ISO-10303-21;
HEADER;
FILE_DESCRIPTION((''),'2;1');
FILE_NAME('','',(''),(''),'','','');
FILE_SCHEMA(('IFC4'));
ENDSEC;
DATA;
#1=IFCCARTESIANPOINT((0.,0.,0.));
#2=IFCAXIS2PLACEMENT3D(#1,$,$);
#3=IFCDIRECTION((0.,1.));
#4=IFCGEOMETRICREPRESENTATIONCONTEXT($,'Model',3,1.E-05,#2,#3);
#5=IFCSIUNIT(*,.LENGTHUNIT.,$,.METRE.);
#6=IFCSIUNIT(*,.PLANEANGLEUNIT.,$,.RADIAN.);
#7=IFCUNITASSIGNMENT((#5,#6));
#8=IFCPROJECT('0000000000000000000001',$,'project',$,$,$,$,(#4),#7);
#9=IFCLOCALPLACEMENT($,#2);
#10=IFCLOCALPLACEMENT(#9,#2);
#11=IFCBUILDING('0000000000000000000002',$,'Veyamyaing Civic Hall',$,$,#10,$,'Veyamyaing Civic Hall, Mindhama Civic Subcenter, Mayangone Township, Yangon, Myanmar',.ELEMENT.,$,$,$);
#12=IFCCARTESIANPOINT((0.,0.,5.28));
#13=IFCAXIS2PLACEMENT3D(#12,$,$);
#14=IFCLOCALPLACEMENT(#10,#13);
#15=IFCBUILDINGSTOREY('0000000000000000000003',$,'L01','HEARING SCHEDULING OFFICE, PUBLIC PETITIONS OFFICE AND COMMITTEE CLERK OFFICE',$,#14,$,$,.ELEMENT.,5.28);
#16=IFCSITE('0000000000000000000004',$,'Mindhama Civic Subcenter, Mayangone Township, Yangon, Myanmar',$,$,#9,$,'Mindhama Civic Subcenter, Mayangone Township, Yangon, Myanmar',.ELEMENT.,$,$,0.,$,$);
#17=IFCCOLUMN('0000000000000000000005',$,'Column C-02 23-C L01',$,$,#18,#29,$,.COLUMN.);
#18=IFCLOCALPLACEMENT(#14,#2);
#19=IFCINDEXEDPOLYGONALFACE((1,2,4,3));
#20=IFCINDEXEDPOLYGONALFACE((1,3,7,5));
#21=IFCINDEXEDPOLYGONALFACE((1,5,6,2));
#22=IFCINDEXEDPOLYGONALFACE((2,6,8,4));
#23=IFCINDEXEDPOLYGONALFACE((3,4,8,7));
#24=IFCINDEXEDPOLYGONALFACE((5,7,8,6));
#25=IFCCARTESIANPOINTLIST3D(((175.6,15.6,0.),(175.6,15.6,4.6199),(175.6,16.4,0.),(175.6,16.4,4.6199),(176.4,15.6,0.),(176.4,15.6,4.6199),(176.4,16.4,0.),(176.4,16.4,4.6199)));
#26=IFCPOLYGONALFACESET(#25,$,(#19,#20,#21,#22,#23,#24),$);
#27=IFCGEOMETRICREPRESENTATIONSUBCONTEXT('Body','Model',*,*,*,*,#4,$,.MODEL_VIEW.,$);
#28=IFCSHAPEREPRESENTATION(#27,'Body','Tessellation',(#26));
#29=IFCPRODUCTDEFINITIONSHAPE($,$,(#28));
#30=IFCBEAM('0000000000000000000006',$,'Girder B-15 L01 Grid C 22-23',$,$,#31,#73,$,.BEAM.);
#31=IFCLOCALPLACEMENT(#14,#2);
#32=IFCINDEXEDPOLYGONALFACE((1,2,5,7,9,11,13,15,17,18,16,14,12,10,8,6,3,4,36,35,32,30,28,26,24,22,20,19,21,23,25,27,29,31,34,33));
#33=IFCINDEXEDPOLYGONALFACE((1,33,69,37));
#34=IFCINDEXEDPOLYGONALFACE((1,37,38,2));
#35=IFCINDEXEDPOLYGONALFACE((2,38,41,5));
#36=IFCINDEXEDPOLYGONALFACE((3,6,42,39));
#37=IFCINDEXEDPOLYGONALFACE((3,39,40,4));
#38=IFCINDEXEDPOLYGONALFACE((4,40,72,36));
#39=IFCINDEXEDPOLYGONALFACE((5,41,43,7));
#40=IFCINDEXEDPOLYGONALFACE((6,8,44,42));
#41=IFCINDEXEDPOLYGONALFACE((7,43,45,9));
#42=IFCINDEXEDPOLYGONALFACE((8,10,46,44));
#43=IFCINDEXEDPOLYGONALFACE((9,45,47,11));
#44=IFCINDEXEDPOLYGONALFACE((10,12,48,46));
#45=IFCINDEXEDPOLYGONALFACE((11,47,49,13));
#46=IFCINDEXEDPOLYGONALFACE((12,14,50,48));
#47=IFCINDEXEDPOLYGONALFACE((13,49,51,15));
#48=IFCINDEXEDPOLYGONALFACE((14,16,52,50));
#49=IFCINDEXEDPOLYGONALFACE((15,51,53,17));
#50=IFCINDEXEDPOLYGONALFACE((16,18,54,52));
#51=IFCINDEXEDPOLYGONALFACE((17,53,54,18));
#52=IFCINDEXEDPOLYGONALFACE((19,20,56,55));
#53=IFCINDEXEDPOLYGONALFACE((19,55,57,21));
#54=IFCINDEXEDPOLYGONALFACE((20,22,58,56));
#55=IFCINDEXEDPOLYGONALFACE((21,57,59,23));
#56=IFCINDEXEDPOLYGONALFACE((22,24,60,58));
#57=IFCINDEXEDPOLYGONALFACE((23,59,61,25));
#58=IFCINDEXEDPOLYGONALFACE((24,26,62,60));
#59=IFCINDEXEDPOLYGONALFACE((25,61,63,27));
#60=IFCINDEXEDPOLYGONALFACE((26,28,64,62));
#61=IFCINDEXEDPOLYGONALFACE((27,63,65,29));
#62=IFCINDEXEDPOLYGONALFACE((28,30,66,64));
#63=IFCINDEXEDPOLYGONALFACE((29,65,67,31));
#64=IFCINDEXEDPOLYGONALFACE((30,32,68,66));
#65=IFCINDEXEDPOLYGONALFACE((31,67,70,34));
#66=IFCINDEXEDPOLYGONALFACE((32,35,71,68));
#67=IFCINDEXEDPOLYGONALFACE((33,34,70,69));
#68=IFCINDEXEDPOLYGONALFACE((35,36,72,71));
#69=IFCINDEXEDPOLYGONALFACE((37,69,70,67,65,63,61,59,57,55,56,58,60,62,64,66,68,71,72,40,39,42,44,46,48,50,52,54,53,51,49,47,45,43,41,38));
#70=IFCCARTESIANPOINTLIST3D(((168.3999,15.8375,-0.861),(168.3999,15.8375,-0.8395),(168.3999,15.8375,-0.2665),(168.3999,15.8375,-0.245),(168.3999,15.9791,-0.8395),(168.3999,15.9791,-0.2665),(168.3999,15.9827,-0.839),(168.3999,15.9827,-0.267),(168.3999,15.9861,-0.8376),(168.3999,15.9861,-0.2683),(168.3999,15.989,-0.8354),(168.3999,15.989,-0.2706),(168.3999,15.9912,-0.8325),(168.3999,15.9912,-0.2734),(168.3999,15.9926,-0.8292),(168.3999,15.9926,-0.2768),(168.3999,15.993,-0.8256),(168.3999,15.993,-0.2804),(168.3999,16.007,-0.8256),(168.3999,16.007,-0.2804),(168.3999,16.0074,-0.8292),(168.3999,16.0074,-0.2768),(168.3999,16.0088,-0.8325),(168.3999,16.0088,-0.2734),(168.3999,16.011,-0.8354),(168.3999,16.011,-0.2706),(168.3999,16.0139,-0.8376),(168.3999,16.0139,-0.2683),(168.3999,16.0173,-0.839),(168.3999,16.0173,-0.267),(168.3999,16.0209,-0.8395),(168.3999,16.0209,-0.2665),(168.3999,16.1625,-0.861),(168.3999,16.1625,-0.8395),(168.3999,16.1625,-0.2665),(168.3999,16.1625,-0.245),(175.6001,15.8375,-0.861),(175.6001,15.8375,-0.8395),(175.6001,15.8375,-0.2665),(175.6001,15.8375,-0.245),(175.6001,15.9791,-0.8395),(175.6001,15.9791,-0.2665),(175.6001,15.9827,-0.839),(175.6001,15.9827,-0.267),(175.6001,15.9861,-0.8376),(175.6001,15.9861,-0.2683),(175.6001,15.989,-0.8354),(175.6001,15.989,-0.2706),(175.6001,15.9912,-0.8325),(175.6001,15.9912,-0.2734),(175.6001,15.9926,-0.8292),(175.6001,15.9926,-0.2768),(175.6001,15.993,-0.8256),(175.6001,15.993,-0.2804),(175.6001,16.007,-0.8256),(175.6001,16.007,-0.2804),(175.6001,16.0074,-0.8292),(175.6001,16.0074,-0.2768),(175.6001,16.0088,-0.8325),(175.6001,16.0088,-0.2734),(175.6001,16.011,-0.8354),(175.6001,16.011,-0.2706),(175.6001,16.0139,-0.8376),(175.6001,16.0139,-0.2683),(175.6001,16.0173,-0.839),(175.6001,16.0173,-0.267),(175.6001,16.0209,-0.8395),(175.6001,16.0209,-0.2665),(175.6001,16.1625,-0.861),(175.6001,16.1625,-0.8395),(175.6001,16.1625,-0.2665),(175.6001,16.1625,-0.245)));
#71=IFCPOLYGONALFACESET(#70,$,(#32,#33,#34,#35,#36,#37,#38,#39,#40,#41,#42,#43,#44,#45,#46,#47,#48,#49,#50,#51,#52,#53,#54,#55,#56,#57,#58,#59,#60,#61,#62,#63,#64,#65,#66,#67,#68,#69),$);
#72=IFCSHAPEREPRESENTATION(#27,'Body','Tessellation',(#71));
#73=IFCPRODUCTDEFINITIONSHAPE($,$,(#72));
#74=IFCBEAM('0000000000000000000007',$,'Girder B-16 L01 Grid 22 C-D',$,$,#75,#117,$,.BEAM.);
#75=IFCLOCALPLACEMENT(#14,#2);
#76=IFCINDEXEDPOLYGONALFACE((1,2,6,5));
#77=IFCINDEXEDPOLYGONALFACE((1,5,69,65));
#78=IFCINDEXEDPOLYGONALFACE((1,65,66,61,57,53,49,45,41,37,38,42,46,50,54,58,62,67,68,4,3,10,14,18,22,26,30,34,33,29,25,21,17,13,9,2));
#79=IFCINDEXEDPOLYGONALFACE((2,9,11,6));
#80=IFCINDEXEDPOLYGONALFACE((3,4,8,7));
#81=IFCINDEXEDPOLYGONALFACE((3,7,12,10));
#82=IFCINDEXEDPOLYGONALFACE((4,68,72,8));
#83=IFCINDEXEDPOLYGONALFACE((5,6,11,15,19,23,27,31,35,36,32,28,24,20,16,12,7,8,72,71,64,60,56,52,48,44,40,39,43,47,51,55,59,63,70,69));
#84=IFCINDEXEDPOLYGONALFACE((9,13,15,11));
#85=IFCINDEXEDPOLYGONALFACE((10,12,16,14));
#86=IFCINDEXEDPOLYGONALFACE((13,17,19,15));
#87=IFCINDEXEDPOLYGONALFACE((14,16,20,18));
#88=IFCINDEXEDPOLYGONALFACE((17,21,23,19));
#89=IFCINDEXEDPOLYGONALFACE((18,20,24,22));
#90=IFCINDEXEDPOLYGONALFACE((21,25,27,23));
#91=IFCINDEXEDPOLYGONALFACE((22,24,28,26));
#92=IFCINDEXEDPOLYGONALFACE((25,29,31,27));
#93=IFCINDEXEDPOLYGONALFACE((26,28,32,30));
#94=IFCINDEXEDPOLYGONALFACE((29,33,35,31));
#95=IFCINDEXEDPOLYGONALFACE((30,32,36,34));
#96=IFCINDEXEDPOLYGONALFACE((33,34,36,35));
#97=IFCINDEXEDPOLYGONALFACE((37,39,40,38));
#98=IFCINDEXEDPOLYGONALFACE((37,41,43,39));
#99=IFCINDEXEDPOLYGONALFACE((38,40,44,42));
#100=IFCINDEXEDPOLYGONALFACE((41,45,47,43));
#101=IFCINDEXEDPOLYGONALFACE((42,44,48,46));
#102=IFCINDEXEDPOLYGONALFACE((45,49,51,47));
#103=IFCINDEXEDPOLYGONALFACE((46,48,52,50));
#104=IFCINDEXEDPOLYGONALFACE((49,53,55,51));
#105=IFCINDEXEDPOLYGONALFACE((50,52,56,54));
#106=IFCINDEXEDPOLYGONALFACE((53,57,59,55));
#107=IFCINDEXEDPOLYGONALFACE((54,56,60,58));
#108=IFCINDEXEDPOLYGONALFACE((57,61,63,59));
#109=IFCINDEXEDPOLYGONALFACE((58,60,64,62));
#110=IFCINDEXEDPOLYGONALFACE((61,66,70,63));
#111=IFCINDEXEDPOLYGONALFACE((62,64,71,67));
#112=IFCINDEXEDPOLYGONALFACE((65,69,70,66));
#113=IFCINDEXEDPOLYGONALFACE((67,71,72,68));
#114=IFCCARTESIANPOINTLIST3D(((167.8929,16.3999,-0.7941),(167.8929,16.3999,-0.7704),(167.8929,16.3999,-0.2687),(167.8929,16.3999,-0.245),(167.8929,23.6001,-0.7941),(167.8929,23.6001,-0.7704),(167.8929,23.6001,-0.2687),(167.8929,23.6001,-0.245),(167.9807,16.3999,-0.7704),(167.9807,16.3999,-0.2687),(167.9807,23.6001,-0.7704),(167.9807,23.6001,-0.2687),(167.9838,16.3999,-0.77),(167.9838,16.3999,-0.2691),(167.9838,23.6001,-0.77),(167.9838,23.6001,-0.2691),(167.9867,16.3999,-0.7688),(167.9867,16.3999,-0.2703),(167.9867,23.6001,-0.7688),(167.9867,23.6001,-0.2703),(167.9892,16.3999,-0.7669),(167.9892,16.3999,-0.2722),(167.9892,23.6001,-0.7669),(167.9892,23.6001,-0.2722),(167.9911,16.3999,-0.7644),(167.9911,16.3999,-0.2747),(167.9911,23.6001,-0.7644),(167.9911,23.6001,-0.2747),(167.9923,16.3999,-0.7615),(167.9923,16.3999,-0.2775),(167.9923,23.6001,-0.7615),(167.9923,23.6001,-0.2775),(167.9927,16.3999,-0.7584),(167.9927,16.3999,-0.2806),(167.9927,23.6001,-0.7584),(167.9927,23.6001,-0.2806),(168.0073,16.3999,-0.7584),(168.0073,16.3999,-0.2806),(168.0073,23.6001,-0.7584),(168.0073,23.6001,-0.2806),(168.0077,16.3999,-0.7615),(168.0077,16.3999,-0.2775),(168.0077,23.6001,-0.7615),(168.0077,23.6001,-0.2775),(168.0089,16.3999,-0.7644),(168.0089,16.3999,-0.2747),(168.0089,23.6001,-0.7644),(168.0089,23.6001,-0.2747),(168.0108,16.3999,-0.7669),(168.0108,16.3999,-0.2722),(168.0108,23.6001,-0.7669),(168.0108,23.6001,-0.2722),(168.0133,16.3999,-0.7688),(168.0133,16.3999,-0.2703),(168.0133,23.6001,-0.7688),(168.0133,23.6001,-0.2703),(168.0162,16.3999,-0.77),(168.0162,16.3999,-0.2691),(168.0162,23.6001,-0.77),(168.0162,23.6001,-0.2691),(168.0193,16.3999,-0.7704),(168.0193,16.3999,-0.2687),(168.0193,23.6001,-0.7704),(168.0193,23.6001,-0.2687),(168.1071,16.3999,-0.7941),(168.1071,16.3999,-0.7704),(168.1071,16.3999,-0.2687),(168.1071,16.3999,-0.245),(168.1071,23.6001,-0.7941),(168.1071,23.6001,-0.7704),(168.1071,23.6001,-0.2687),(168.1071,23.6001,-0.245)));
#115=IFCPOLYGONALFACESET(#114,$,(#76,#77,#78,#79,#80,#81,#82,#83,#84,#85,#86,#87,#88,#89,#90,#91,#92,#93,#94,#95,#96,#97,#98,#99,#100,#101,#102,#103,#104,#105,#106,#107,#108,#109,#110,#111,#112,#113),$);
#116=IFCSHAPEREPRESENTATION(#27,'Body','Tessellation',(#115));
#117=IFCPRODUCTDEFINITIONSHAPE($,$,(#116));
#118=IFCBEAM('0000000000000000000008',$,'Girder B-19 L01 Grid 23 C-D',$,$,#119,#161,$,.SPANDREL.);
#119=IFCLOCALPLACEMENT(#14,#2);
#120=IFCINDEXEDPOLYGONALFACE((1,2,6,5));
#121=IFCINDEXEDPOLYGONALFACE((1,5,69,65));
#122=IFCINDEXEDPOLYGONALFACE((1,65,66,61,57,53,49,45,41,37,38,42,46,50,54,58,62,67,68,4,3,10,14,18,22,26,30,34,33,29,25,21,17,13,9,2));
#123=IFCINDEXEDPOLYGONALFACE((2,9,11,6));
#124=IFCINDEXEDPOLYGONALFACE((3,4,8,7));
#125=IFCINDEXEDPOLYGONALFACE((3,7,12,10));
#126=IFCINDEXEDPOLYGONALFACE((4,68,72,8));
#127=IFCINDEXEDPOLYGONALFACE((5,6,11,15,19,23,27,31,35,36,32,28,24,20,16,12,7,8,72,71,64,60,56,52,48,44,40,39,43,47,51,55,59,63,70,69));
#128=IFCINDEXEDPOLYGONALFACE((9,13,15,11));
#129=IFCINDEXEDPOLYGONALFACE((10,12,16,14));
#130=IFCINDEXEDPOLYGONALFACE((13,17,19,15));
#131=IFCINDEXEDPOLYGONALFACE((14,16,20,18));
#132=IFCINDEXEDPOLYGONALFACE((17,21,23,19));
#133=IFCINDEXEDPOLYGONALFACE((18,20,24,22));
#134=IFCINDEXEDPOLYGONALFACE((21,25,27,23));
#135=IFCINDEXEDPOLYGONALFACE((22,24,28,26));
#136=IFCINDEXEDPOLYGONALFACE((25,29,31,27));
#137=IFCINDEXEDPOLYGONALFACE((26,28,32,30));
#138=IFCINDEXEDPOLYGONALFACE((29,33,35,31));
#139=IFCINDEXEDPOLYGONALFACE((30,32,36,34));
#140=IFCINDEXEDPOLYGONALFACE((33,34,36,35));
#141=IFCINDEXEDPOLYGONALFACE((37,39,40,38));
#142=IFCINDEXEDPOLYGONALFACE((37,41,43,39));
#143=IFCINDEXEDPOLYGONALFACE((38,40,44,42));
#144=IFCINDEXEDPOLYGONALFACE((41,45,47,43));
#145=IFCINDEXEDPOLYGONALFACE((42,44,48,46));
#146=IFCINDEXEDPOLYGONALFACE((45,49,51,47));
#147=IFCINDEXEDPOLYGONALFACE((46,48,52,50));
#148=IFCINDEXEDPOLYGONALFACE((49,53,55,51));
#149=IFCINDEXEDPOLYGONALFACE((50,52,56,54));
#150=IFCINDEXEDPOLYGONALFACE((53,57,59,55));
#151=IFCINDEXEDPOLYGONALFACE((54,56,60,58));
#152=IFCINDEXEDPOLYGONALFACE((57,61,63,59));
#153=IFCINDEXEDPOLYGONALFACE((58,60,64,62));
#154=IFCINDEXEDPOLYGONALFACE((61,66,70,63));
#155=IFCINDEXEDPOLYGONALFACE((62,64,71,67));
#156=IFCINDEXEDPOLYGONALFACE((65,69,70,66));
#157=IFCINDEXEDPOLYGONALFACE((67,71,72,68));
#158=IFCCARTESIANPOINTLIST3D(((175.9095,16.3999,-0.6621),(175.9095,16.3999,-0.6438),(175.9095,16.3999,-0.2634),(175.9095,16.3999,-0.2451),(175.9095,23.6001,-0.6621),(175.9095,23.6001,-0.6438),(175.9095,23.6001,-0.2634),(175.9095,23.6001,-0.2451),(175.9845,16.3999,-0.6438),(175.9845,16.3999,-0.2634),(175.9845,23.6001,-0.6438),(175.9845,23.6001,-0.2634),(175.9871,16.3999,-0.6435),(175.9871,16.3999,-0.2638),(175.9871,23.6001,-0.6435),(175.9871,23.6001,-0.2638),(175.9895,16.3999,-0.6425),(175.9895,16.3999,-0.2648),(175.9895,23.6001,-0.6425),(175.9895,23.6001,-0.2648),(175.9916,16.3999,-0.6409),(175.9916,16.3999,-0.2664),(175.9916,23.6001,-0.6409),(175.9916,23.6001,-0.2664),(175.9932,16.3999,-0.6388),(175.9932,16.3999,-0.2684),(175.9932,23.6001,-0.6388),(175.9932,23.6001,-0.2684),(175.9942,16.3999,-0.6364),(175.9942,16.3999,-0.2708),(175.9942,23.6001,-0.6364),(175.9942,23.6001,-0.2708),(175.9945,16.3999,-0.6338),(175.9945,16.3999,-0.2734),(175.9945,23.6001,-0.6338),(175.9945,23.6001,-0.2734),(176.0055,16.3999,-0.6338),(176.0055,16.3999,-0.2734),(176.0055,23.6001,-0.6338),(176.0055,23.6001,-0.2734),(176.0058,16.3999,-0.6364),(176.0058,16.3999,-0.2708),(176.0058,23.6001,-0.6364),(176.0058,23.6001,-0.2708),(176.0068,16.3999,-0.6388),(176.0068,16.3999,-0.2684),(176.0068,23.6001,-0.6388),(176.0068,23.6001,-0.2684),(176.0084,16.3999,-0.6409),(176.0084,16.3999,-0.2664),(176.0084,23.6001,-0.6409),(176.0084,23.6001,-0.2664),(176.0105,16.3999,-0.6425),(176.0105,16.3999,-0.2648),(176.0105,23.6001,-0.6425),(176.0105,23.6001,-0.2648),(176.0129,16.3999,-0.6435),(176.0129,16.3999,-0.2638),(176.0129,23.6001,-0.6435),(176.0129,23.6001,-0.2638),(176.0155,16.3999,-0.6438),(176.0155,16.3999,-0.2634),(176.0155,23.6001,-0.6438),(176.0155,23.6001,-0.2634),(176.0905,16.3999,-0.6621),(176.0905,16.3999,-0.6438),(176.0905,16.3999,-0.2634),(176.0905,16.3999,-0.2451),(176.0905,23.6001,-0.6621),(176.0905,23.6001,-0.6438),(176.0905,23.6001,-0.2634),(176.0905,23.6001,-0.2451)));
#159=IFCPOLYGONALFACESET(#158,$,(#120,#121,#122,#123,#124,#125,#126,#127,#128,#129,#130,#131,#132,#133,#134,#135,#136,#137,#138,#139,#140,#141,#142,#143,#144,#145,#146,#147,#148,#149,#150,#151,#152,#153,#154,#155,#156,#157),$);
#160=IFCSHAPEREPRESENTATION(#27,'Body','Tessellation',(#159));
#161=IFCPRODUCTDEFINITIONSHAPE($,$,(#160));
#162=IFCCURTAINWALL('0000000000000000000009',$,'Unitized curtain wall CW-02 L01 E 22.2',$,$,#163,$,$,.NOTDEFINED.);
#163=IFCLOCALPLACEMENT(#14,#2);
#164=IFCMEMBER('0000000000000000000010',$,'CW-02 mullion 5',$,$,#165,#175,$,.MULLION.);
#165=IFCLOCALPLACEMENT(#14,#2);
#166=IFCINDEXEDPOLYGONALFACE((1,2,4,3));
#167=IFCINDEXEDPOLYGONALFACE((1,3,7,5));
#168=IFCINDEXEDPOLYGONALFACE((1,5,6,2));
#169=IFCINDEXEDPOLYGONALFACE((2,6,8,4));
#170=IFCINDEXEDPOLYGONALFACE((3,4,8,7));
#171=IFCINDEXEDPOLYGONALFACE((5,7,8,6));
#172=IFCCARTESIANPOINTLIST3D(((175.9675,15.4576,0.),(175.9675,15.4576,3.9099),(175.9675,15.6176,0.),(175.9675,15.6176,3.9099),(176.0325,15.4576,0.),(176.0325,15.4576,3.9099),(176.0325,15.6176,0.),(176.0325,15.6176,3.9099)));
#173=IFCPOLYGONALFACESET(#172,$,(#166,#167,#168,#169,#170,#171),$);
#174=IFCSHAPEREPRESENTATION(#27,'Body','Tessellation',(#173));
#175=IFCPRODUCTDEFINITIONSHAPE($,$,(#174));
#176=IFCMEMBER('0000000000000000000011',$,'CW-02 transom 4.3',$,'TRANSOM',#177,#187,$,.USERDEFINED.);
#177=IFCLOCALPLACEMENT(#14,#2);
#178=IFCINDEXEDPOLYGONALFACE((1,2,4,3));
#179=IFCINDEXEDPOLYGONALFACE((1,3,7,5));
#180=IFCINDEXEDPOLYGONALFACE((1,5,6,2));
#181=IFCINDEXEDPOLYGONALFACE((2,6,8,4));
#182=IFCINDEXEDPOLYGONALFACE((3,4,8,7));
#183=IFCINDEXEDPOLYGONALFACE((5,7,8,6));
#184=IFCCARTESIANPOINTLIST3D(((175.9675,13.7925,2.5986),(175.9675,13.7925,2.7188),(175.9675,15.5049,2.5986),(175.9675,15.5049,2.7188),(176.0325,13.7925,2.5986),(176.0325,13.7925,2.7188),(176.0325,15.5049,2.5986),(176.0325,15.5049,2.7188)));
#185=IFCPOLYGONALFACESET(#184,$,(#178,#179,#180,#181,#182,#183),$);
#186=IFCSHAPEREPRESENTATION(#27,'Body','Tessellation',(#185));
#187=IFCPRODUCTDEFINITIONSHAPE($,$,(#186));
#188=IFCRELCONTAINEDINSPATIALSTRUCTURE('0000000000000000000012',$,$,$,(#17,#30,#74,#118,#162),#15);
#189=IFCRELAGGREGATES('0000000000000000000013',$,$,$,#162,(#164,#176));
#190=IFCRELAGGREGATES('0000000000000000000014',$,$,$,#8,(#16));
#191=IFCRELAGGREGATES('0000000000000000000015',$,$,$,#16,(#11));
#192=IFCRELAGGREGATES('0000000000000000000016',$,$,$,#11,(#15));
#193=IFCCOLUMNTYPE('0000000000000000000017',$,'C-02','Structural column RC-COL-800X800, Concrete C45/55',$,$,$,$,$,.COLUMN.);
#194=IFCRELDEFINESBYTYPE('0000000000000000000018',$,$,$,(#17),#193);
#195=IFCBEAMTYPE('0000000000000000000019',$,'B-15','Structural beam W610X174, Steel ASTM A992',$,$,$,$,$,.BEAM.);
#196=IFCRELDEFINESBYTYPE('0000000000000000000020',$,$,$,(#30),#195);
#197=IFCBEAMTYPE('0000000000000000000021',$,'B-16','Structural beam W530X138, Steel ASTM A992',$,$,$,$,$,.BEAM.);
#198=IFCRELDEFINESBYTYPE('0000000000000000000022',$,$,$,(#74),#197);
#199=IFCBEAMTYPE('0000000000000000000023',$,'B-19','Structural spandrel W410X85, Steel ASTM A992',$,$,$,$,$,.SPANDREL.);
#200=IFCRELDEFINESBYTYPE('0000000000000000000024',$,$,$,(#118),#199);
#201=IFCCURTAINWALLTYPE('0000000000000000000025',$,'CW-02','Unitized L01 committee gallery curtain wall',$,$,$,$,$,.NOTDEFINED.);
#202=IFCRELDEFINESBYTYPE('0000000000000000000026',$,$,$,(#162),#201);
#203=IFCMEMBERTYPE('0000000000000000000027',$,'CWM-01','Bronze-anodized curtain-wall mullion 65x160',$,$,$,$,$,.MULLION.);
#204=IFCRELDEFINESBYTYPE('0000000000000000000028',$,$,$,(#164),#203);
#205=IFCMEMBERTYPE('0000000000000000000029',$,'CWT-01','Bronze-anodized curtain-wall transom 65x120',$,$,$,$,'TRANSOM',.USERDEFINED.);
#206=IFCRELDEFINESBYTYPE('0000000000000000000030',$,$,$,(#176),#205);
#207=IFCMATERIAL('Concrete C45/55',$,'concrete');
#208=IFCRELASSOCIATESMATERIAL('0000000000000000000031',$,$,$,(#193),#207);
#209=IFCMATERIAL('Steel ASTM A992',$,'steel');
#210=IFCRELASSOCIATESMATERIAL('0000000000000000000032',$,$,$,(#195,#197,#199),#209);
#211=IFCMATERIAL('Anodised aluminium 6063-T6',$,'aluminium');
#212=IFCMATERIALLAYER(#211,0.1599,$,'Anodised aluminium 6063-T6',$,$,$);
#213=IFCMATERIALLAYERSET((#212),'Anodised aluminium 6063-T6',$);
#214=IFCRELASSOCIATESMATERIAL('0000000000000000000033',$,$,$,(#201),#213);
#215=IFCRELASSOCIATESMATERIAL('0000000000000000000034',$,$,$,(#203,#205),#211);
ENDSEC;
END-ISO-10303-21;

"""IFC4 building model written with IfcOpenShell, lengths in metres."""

from ifc_helpers import new_model, si_unit, direction, frame, origin, origin_2d, place, context, subcontext, project, spatial, rectangle, i_section, extrude, material, layer, layer_set, material_profile, profile_set, type_object, element, aggregate, save


model = new_model("IFC4")

# Units and contexts
model_context = context("Model", 3, precision=1e-05, world=origin(), true_north=direction((0.0, 1.0)))
body_context = subcontext(model_context, "Body", "Model", "MODEL_VIEW")
ifc_project = project(units=[si_unit("LENGTHUNIT", "METRE"), si_unit("PLANEANGLEUNIT", "RADIAN")], contexts=[model_context])

# Site, building, storey
site_placement = place(None, origin())
site = spatial("IfcSite", under=ifc_project, at=site_placement, Name="Mindhama Civic Subcenter, Mayangone Township, Yangon, Myanmar", LongName="Mindhama Civic Subcenter, Mayangone Township, Yangon, Myanmar", CompositionType="ELEMENT", RefElevation=0.0)
building_placement = place(site_placement, origin())
building = spatial("IfcBuilding", under=site, at=building_placement, Name="Veyamyaing Civic Hall", LongName="Veyamyaing Civic Hall, Mindhama Civic Subcenter, Mayangone Township, Yangon, Myanmar", CompositionType="ELEMENT")
storey_placement = place(building_placement, frame((0.0, 0.0, 5.28)))
storey = spatial("IfcBuildingStorey", under=building, at=storey_placement, Name="L01", Description="HEARING SCHEDULING OFFICE, PUBLIC PETITIONS OFFICE AND COMMITTEE CLERK OFFICE", CompositionType="ELEMENT", Elevation=5.28)

# Column
ifc_material_1 = material(Name="Concrete C45/55", Category="concrete")
ifc_material_profile_1 = material_profile(ifc_material_1, rectangle(XDim=0.8, YDim=0.8, at=origin_2d()), Name="RC-COL-800X800")
ifc_profile_set_1 = profile_set([ifc_material_profile_1], Name="Concrete C45/55")
column_type = type_object("IfcColumnType", Name="C-02", Description="Structural column RC-COL-800X800, Concrete C45/55", PredefinedType="COLUMN", material=ifc_profile_set_1)
column_placement = place(storey_placement, frame((176.0, 16.0, 0.0), z_axis=(0.0, 0.0, 1.0), x_axis=(1.0, 0.0, 0.0)))
element("IfcColumn", 1, at=column_placement, inside=storey, type_object=column_type, Name="Column C-02 23-C L01", PredefinedType="COLUMN", context=body_context, shape_type="SweptSolid", body=[
    extrude(rectangle(XDim=0.8, YDim=0.8, at=origin_2d()), origin(), (0.0, 0.0, 1.0), 4.6199),
])

# Beams
ifc_material_2 = material(Name="Steel ASTM A992", Category="steel")
ifc_material_profile_2 = material_profile(ifc_material_2, i_section(OverallWidth=0.325, OverallDepth=0.616, WebThickness=0.0139, FlangeThickness=0.0215, FilletRadius=0.0139, at=origin_2d()), Name="W610X174")
ifc_profile_set_2 = profile_set([ifc_material_profile_2], Name="Steel ASTM A992")
beam_type_1 = type_object("IfcBeamType", Name="B-15", Description="Structural beam W610X174, Steel ASTM A992", PredefinedType="BEAM", material=ifc_profile_set_2)
beam_1_placement = place(storey_placement, frame((168.3999, 16.0, -0.553), z_axis=(1.0, 0.0, 0.0), x_axis=(0.0, 1.0, 0.0)))
element("IfcBeam", 2, at=beam_1_placement, inside=storey, type_object=beam_type_1, Name="Girder B-15 L01 Grid C 22-23", PredefinedType="BEAM", context=body_context, shape_type="SweptSolid", body=[
    extrude(i_section(OverallWidth=0.325, OverallDepth=0.616, WebThickness=0.0139, FlangeThickness=0.0215, FilletRadius=0.0139, at=origin_2d()), origin(), (0.0, 0.0, 1.0), 7.2002),
])
ifc_material_profile_3 = material_profile(ifc_material_2, i_section(OverallWidth=0.2141, OverallDepth=0.5491, WebThickness=0.0146, FlangeThickness=0.0237, FilletRadius=0.012, at=origin_2d()), Name="W530X138")
ifc_profile_set_3 = profile_set([ifc_material_profile_3], Name="Steel ASTM A992")
beam_type_2 = type_object("IfcBeamType", Name="B-16", Description="Structural beam W530X138, Steel ASTM A992", PredefinedType="BEAM", material=ifc_profile_set_3)
beam_2_placement = place(storey_placement, frame((168.0, 16.3999, -0.5195), z_axis=(0.0, 1.0, 0.0), x_axis=(-1.0, 0.0, 0.0)))
element("IfcBeam", 3, at=beam_2_placement, inside=storey, type_object=beam_type_2, Name="Girder B-16 L01 Grid 22 C-D", PredefinedType="BEAM", context=body_context, shape_type="SweptSolid", body=[
    extrude(i_section(OverallWidth=0.2141, OverallDepth=0.5491, WebThickness=0.0146, FlangeThickness=0.0237, FilletRadius=0.012, at=origin_2d()), origin(), (0.0, 0.0, 1.0), 7.2002),
])
ifc_material_profile_4 = material_profile(ifc_material_2, i_section(OverallWidth=0.1809, OverallDepth=0.417, WebThickness=0.011, FlangeThickness=0.0183, FilletRadius=0.01, at=origin_2d()), Name="W410X85")
ifc_profile_set_4 = profile_set([ifc_material_profile_4], Name="Steel ASTM A992")
beam_type_3 = type_object("IfcBeamType", Name="B-19", Description="Structural spandrel W410X85, Steel ASTM A992", PredefinedType="SPANDREL", material=ifc_profile_set_4)
beam_3_placement = place(storey_placement, frame((176.0, 16.3999, -0.4536), z_axis=(0.0, 1.0, 0.0), x_axis=(-1.0, 0.0, 0.0)))
element("IfcBeam", 4, at=beam_3_placement, inside=storey, type_object=beam_type_3, Name="Girder B-19 L01 Grid 23 C-D", PredefinedType="SPANDREL", context=body_context, shape_type="SweptSolid", body=[
    extrude(i_section(OverallWidth=0.1809, OverallDepth=0.417, WebThickness=0.011, FlangeThickness=0.0183, FilletRadius=0.01, at=origin_2d()), origin(), (0.0, 0.0, 1.0), 7.2002),
])

# Curtain wall, members
ifc_material_3 = material(Name="Anodised aluminium 6063-T6", Category="aluminium")
ifc_layer_1 = layer(ifc_material_3, 0.1599, Name="Anodised aluminium 6063-T6")
ifc_layer_set_1 = layer_set([ifc_layer_1], Name="Anodised aluminium 6063-T6")
curtain_wall_type = type_object("IfcCurtainWallType", Name="CW-02", Description="Unitized L01 committee gallery curtain wall", PredefinedType="NOTDEFINED", material=ifc_layer_set_1)
curtain_wall_placement = place(storey_placement, origin())
curtain_wall = element("IfcCurtainWall", 5, at=curtain_wall_placement, inside=storey, type_object=curtain_wall_type, Name="Unitized curtain wall CW-02 L01 E 22.2", PredefinedType="NOTDEFINED")
ifc_material_profile_5 = material_profile(ifc_material_3, rectangle(XDim=0.0649, YDim=0.1599, at=origin_2d()), Name="ALU-MUL-65X160")
ifc_profile_set_5 = profile_set([ifc_material_profile_5], Name="Anodised aluminium 6063-T6")
member_type_1 = type_object("IfcMemberType", Name="CWM-01", Description="Bronze-anodized curtain-wall mullion 65x160", PredefinedType="MULLION", material=ifc_profile_set_5)
member_1_placement = place(storey_placement, frame((176.0, 15.5376, 0.0), z_axis=(0.0, 0.0, 1.0), x_axis=(-1.0, 0.0, 0.0)))
member_1 = element("IfcMember", 6, at=member_1_placement, type_object=member_type_1, Name="CW-02 mullion 5", PredefinedType="MULLION", context=body_context, shape_type="SweptSolid", body=[
    extrude(rectangle(XDim=0.0649, YDim=0.1599, at=origin_2d()), origin(), (0.0, 0.0, 1.0), 3.9099),
])
ifc_material_profile_6 = material_profile(ifc_material_3, rectangle(XDim=0.0649, YDim=0.1201, at=origin_2d()), Name="ALU-TRN-65X120")
ifc_profile_set_6 = profile_set([ifc_material_profile_6], Name="Anodised aluminium 6063-T6")
member_type_2 = type_object("IfcMemberType", Name="CWT-01", Description="Bronze-anodized curtain-wall transom 65x120", ElementType="TRANSOM", PredefinedType="USERDEFINED", material=ifc_profile_set_6)
member_2_placement = place(storey_placement, frame((176.0, 13.7925, 2.6587), z_axis=(0.0, 1.0, 0.0), x_axis=(-1.0, 0.0, 0.0)))
member_2 = element("IfcMember", 7, at=member_2_placement, type_object=member_type_2, Name="CW-02 transom 4.3", ObjectType="TRANSOM", PredefinedType="USERDEFINED", context=body_context, shape_type="SweptSolid", body=[
    extrude(rectangle(XDim=0.0649, YDim=0.1201, at=origin_2d()), origin(), (0.0, 0.0, 1.0), 1.7124),
])
aggregate(curtain_wall, [member_1, member_2])

save(model, "model.ifc")
